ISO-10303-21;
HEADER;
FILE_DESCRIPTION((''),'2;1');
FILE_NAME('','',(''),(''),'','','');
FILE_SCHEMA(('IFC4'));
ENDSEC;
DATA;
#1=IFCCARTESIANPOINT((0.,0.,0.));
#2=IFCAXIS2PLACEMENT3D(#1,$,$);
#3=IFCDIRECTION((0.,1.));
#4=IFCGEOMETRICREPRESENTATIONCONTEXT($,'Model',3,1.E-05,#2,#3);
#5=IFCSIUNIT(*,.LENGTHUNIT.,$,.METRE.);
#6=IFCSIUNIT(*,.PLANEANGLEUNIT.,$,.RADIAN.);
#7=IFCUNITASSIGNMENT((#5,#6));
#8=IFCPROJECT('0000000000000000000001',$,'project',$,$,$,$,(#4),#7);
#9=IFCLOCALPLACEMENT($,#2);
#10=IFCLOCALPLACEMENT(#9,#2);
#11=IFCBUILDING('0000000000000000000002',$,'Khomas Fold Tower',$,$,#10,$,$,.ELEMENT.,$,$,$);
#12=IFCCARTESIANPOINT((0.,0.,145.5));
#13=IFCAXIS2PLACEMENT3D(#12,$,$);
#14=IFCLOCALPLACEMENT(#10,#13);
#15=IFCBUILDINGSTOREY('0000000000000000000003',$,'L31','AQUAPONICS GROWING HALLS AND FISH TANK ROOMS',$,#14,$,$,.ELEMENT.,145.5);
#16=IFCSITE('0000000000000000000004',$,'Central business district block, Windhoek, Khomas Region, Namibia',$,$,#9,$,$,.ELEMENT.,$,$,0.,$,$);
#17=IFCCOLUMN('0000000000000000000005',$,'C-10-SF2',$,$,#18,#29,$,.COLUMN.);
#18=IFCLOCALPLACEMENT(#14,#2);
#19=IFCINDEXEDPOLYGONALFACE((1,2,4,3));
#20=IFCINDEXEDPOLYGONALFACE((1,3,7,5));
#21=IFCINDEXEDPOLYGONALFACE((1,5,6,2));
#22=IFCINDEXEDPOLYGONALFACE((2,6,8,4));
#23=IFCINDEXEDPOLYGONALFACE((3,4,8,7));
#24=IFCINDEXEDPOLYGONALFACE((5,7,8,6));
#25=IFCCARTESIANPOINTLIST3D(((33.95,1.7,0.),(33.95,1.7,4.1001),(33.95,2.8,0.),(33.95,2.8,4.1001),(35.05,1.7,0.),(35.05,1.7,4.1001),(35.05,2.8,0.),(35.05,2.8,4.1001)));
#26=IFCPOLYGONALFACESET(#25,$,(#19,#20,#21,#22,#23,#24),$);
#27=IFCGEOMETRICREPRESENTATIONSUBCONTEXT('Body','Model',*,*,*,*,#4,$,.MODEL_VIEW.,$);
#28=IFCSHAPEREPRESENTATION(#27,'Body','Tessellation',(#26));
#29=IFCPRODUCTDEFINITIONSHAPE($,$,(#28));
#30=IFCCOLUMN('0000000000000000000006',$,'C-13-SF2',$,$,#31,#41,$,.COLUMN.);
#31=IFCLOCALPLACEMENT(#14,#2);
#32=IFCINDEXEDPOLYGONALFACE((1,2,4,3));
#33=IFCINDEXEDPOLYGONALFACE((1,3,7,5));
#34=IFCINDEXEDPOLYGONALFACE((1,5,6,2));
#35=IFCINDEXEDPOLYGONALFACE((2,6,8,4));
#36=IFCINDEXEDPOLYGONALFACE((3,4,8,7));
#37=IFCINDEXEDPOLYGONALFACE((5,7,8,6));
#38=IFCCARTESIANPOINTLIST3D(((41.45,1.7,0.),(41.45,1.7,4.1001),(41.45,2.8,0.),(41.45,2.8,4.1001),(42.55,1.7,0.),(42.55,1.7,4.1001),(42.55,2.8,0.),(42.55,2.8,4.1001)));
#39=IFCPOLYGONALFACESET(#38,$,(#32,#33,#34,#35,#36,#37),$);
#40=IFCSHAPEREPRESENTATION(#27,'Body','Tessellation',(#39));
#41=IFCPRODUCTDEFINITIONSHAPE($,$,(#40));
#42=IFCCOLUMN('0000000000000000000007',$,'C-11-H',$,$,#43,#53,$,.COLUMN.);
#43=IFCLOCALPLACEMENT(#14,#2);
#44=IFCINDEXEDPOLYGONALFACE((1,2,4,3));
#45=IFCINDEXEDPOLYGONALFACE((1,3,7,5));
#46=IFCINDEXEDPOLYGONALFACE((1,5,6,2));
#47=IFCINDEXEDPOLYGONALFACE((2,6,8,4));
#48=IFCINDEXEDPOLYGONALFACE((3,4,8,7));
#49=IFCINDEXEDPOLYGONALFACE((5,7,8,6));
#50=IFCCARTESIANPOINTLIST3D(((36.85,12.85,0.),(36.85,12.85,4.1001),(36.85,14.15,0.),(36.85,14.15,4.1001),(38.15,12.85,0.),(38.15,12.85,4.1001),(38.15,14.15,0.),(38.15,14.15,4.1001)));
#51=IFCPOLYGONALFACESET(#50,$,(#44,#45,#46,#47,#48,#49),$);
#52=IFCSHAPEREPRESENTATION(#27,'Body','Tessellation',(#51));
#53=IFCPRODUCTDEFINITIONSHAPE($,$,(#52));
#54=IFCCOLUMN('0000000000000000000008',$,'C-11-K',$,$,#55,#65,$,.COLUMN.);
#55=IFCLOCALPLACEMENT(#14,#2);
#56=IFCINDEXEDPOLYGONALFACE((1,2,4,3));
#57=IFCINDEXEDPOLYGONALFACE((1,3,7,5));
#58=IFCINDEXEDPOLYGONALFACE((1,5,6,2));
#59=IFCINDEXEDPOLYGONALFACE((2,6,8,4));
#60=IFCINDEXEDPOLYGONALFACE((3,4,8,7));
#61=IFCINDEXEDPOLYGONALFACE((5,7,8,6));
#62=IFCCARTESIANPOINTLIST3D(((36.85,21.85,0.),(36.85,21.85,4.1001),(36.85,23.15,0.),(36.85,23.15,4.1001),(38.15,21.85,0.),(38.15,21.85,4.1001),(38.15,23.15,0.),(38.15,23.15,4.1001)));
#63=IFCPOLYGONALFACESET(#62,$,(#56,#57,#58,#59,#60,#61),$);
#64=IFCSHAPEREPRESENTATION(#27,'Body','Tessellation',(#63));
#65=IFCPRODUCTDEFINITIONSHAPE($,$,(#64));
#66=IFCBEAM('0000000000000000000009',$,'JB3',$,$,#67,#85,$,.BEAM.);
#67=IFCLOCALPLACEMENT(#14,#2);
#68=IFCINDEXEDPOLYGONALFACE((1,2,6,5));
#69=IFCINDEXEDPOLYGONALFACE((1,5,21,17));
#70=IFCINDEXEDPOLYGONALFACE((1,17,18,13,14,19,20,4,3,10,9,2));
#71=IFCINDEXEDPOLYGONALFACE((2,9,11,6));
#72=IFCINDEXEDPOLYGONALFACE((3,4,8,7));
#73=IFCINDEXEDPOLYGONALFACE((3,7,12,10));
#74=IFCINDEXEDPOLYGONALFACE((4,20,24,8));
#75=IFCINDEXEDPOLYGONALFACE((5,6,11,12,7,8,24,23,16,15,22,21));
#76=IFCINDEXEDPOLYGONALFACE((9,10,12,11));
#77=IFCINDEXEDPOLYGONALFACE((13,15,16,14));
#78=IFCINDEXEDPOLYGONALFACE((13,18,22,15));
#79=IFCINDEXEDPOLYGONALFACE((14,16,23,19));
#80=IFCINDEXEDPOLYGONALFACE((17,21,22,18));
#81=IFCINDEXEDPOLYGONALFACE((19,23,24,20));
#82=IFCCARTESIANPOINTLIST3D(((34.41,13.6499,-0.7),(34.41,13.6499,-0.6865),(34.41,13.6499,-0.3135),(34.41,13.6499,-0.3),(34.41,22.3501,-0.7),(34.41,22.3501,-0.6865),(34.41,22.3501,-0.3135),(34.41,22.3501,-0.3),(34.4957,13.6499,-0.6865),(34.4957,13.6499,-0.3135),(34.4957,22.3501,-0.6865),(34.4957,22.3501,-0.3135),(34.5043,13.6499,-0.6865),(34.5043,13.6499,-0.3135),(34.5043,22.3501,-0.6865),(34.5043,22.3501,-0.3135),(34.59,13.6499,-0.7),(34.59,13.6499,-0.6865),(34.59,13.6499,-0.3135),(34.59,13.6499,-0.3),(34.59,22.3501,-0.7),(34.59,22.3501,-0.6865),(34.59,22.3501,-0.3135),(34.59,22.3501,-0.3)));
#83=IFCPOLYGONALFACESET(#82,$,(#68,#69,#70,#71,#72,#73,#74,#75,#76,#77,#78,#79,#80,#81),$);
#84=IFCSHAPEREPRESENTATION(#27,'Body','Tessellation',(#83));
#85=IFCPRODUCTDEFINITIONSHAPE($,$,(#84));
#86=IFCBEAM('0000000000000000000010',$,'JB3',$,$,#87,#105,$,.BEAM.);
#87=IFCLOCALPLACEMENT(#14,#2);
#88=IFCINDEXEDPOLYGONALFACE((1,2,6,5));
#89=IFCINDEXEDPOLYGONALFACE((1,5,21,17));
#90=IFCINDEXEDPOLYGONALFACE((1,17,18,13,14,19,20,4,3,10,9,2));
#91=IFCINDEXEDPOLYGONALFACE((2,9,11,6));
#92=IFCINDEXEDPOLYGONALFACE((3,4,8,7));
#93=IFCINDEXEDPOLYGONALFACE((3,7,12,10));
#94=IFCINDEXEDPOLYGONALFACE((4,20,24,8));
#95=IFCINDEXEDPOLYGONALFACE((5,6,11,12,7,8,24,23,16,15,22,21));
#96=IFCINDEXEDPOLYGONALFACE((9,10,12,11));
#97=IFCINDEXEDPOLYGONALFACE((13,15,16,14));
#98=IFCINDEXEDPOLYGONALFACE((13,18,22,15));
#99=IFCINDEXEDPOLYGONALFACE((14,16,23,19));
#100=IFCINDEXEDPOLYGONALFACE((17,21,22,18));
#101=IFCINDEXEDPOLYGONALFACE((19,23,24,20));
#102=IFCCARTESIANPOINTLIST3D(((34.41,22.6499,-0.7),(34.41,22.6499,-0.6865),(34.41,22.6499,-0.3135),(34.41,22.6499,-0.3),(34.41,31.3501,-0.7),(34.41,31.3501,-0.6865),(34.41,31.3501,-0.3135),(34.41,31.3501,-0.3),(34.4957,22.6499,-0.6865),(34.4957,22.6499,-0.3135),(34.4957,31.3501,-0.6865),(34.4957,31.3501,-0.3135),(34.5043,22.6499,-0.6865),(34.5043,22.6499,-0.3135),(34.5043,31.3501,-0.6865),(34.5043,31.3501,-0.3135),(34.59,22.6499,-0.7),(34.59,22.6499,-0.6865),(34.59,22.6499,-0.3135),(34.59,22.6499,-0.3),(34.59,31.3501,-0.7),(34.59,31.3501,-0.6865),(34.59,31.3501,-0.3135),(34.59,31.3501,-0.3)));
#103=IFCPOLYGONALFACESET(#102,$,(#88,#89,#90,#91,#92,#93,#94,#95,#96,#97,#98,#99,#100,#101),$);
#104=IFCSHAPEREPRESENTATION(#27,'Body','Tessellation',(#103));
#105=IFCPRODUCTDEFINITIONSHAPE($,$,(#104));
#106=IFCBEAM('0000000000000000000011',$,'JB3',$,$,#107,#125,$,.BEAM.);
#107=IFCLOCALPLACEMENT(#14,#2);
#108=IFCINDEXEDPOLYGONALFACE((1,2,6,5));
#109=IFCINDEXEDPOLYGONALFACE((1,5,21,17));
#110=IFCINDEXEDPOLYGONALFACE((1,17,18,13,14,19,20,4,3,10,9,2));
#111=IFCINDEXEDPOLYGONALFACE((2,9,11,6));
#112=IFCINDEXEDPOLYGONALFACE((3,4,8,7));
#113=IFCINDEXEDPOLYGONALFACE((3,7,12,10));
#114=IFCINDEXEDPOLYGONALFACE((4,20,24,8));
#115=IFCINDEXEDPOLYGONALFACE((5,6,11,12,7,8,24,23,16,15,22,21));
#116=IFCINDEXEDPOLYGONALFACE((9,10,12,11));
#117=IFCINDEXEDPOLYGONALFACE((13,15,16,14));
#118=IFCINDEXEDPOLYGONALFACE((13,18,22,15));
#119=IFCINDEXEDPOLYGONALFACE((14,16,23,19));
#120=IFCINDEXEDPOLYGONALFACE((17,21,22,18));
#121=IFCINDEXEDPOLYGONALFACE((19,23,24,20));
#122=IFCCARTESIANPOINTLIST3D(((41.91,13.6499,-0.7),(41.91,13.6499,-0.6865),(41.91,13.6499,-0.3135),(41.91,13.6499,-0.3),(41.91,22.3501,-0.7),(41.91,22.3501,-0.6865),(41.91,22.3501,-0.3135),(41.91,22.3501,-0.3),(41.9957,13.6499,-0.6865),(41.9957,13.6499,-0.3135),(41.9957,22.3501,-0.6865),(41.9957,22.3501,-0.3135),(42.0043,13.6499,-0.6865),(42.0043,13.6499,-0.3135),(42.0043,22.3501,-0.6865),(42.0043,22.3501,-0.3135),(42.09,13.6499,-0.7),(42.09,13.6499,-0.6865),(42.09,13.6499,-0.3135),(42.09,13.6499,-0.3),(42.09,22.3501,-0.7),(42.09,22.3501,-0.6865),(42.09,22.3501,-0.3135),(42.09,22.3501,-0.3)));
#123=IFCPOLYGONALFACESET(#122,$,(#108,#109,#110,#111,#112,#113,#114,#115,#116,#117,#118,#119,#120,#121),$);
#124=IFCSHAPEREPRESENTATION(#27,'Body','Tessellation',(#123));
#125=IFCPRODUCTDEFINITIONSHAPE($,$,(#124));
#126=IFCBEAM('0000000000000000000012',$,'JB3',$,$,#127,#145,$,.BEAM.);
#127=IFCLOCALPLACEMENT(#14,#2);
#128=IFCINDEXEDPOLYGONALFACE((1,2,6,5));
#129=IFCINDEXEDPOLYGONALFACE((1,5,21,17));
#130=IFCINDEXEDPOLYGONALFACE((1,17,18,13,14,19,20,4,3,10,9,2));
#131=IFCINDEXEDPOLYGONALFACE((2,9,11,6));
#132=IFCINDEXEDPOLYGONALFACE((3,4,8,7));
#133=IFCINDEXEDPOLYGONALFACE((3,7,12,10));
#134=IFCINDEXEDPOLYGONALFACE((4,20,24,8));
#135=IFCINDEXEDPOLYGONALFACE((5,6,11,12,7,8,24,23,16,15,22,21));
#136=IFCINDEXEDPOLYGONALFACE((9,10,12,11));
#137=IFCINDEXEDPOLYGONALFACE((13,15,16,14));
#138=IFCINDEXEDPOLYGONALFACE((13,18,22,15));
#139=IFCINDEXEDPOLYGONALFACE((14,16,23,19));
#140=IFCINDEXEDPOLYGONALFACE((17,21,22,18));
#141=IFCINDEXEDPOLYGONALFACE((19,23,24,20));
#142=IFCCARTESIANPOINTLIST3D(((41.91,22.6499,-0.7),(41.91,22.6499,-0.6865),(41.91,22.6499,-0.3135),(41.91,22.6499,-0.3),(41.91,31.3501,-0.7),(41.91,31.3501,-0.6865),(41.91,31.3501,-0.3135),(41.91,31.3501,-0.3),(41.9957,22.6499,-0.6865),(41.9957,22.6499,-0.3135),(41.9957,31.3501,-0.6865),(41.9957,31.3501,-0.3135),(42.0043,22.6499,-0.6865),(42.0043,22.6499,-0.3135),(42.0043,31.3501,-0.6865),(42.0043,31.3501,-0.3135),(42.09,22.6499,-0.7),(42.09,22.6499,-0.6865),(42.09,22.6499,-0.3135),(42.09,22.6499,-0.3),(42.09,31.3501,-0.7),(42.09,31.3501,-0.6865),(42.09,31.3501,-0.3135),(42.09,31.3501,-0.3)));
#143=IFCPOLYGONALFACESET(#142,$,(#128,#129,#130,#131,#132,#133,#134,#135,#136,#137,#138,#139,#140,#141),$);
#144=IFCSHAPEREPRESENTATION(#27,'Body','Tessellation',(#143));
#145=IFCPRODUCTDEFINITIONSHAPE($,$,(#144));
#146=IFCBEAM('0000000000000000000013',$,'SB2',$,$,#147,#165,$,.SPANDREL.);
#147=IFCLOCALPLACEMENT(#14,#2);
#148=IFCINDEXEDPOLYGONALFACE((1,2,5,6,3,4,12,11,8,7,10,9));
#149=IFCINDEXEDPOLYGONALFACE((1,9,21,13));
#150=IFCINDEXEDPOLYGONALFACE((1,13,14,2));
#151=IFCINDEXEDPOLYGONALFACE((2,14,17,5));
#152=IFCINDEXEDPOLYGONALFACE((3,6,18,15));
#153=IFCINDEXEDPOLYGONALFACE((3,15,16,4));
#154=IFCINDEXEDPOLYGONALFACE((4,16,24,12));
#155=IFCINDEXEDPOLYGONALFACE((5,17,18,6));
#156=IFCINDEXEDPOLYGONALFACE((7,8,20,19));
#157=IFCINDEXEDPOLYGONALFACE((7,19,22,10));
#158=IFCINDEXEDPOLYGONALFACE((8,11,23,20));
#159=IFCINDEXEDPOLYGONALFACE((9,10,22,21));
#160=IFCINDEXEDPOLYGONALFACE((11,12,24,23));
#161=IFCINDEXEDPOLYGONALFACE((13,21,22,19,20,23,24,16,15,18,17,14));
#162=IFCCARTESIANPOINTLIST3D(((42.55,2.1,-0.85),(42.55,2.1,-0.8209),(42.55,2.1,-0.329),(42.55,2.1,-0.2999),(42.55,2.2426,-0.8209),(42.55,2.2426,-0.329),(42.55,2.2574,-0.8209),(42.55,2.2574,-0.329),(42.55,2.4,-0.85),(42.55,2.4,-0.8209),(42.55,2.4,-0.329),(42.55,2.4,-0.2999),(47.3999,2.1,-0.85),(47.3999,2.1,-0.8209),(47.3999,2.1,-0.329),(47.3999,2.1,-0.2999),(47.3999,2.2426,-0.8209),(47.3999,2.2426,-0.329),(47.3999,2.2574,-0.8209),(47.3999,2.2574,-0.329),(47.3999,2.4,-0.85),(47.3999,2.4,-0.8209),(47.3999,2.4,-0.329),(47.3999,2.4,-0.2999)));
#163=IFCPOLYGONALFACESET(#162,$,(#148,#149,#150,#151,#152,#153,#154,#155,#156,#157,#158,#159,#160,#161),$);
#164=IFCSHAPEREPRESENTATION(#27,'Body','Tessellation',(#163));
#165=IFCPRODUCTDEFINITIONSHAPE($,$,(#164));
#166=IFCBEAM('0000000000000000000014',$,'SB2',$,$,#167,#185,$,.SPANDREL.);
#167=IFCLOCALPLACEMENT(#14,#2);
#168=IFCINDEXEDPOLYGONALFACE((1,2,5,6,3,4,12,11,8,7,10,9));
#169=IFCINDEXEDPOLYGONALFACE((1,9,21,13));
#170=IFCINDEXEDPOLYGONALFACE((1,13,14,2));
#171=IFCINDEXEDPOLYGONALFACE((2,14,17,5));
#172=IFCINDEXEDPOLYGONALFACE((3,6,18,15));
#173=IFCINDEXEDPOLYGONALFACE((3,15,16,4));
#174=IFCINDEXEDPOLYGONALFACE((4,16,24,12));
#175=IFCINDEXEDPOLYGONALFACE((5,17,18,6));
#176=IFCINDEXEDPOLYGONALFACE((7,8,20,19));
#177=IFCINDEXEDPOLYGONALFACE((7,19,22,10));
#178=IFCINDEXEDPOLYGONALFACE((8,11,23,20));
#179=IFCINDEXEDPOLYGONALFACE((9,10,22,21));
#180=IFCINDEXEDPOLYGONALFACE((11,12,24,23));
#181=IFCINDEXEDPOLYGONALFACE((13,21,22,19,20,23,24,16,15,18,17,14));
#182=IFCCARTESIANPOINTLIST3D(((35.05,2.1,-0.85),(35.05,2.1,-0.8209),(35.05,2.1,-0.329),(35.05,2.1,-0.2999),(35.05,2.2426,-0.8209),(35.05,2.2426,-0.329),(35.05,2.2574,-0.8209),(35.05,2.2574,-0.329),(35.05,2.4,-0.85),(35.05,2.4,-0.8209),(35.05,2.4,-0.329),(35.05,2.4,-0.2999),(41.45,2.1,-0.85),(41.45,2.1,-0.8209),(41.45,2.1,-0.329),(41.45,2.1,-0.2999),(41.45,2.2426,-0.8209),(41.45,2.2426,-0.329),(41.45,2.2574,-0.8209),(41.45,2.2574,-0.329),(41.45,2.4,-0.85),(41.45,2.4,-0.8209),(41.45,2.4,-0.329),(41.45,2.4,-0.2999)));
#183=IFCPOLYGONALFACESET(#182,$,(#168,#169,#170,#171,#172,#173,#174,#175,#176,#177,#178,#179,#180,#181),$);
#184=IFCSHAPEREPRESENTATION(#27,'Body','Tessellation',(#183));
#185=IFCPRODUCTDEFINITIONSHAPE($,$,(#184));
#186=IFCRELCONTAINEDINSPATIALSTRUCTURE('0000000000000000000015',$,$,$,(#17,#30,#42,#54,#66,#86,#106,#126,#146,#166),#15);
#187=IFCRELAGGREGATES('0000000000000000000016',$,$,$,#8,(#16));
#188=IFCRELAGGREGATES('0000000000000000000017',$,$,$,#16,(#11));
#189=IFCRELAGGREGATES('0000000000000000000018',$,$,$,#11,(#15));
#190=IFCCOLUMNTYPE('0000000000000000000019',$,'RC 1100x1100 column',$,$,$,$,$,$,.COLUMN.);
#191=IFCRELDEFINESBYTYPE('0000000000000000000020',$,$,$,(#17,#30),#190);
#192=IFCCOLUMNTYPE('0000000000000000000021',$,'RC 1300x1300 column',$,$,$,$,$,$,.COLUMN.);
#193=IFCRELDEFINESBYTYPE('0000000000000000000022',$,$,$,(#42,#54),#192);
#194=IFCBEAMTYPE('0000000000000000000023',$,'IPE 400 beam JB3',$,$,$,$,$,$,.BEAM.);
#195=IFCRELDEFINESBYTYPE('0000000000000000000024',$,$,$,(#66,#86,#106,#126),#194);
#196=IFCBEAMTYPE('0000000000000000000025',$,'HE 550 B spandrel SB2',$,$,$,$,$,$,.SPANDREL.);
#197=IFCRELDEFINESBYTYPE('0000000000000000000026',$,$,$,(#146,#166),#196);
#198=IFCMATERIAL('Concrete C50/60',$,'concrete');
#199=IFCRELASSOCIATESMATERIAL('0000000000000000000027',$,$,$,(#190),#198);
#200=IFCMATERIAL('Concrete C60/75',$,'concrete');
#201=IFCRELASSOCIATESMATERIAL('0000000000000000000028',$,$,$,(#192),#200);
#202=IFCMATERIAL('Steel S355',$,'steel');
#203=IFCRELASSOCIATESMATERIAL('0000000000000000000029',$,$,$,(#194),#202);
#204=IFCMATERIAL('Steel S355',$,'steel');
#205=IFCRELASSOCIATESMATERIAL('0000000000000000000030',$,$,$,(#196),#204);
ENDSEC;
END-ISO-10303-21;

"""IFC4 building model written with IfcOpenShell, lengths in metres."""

from ifc_helpers import new_model, si_unit, direction, frame, origin, origin_2d, place, context, subcontext, project, spatial, rectangle, i_section, extrude, source, transform, mapped, material, material_profile, profile_set, type_object, element, save


model = new_model("IFC4")

# Units and contexts
model_context = context("Model", 3, precision=1e-05, world=origin(), true_north=direction((0.0, 1.0)))
body_context = subcontext(model_context, "Body", "Model", "MODEL_VIEW")
ifc_project = project(units=[si_unit("LENGTHUNIT", "METRE"), si_unit("PLANEANGLEUNIT", "RADIAN")], contexts=[model_context])

# Site, building, storey
site_placement = place(None, origin())
site = spatial("IfcSite", under=ifc_project, at=site_placement, Name="Central business district block, Windhoek, Khomas Region, Namibia", CompositionType="ELEMENT", RefElevation=0.0)
building_placement = place(site_placement, origin())
building = spatial("IfcBuilding", under=site, at=building_placement, Name="Khomas Fold Tower", CompositionType="ELEMENT")
storey_placement = place(building_placement, frame((0.0, 0.0, 145.5)))
storey = spatial("IfcBuildingStorey", under=building, at=storey_placement, Name="L31", Description="AQUAPONICS GROWING HALLS AND FISH TANK ROOMS", CompositionType="ELEMENT", Elevation=145.5)

# Columns
ifc_material_1 = material(Name="Concrete C50/60", Category="concrete")
ifc_material_profile_1 = material_profile(ifc_material_1, rectangle(XDim=1.1001, YDim=1.1001, at=origin_2d()), Name="RC 1100x1100")
ifc_profile_set_1 = profile_set([ifc_material_profile_1], Name="Concrete C50/60")
column_type_1 = type_object("IfcColumnType", Name="RC 1100x1100 column", PredefinedType="COLUMN", material=ifc_profile_set_1)
shared_shape_1 = source(origin(), body_context, "Body", "SweptSolid", [
    extrude(rectangle(XDim=1.1001, YDim=1.1001, at=origin_2d()), origin(), (0.0, 0.0, 1.0), 4.1001),
])
for number, where, z_axis, x_axis, name in (
    (1, (34.5, 2.25, 0.0), (0.0, 0.0, 1.0), (1.0, 0.0, 0.0), "C-10-SF2"),
    (2, (42.0, 2.25, 0.0), (0.0, 0.0, 1.0), (1.0, 0.0, 0.0), "C-13-SF2"),
):
    element("IfcColumn", number, at=place(storey_placement, frame(where, z_axis=z_axis, x_axis=x_axis)), inside=storey, type_object=column_type_1, Name=name, PredefinedType="COLUMN", context=body_context, shape_type="MappedRepresentation", body=[
        mapped(shared_shape_1, transform((0.0, 0.0, 0.0))),
    ])
ifc_material_2 = material(Name="Concrete C60/75", Category="concrete")
ifc_material_profile_2 = material_profile(ifc_material_2, rectangle(XDim=1.3, YDim=1.3, at=origin_2d()), Name="RC 1300x1300")
ifc_profile_set_2 = profile_set([ifc_material_profile_2], Name="Concrete C60/75")
column_type_2 = type_object("IfcColumnType", Name="RC 1300x1300 column", PredefinedType="COLUMN", material=ifc_profile_set_2)
shared_shape_2 = source(origin(), body_context, "Body", "SweptSolid", [
    extrude(rectangle(XDim=1.3, YDim=1.3, at=origin_2d()), origin(), (0.0, 0.0, 1.0), 4.1001),
])
for number, where, z_axis, x_axis, name in (
    (3, (37.5, 13.5, 0.0), (0.0, 0.0, 1.0), (1.0, 0.0, 0.0), "C-11-H"),
    (4, (37.5, 22.5, 0.0), (0.0, 0.0, 1.0), (1.0, 0.0, 0.0), "C-11-K"),
):
    element("IfcColumn", number, at=place(storey_placement, frame(where, z_axis=z_axis, x_axis=x_axis)), inside=storey, type_object=column_type_2, Name=name, PredefinedType="COLUMN", context=body_context, shape_type="MappedRepresentation", body=[
        mapped(shared_shape_2, transform((0.0, 0.0, 0.0))),
    ])

# Beams
ifc_material_3 = material(Name="Steel S355", Category="steel")
ifc_material_profile_3 = material_profile(ifc_material_3, i_section(OverallWidth=0.1799, OverallDepth=0.3999, WebThickness=0.0085, FlangeThickness=0.0134, at=origin_2d()), Name="IPE 400")
ifc_profile_set_3 = profile_set([ifc_material_profile_3], Name="Steel S355")
beam_type_1 = type_object("IfcBeamType", Name="IPE 400 beam JB3", PredefinedType="BEAM", material=ifc_profile_set_3)
shared_shape_3 = source(origin(), body_context, "Body", "SweptSolid", [
    extrude(i_section(OverallWidth=0.1799, OverallDepth=0.3999, WebThickness=0.0085, FlangeThickness=0.0134, at=origin_2d()), origin(), (0.0, 0.0, 1.0), 8.7002),
])
for number, where, z_axis, x_axis, name in (
    (5, (34.5, 13.6499, -0.5), (0.0, 1.0, 0.0), (-1.0, 0.0, 0.0), "JB3"),
    (6, (34.5, 22.6499, -0.5), (0.0, 1.0, 0.0), (-1.0, 0.0, 0.0), "JB3"),
    (7, (42.0, 13.6499, -0.5), (0.0, 1.0, 0.0), (-1.0, 0.0, 0.0), "JB3"),
    (8, (42.0, 22.6499, -0.5), (0.0, 1.0, 0.0), (-1.0, 0.0, 0.0), "JB3"),
):
    element("IfcBeam", number, at=place(storey_placement, frame(where, z_axis=z_axis, x_axis=x_axis)), inside=storey, type_object=beam_type_1, Name=name, PredefinedType="BEAM", context=body_context, shape_type="MappedRepresentation", body=[
        mapped(shared_shape_3, transform((0.0, 0.0, 0.0))),
    ])
ifc_material_4 = material(Name="Steel S355", Category="steel")
ifc_material_profile_4 = material_profile(ifc_material_4, i_section(OverallWidth=0.3, OverallDepth=0.55, WebThickness=0.0149, FlangeThickness=0.0291, at=origin_2d()), Name="HE 550 B")
ifc_profile_set_4 = profile_set([ifc_material_profile_4], Name="Steel S355")
beam_type_2 = type_object("IfcBeamType", Name="HE 550 B spandrel SB2", PredefinedType="SPANDREL", material=ifc_profile_set_4)
shared_shape_4 = source(origin(), body_context, "Body", "SweptSolid", [
    extrude(i_section(OverallWidth=0.3, OverallDepth=0.55, WebThickness=0.0149, FlangeThickness=0.0291, at=origin_2d()), origin(), (0.0, 0.0, 1.0), 4.8499),
])
beam_1_placement = place(storey_placement, frame((42.55, 2.25, -0.575), z_axis=(1.0, 0.0, 0.0), x_axis=(0.0, 1.0, 0.0)))
element("IfcBeam", 9, at=beam_1_placement, inside=storey, type_object=beam_type_2, Name="SB2", PredefinedType="SPANDREL", context=body_context, shape_type="MappedRepresentation", body=[
    mapped(shared_shape_4, transform((0.0, 0.0, 0.0))),
])
shared_shape_5 = source(origin(), body_context, "Body", "SweptSolid", [
    extrude(i_section(OverallWidth=0.3, OverallDepth=0.55, WebThickness=0.0149, FlangeThickness=0.0291, at=origin_2d()), origin(), (0.0, 0.0, 1.0), 6.3999),
])
beam_2_placement = place(storey_placement, frame((35.05, 2.25, -0.575), z_axis=(1.0, 0.0, 0.0), x_axis=(0.0, 1.0, 0.0)))
element("IfcBeam", 10, at=beam_2_placement, inside=storey, type_object=beam_type_2, Name="SB2", PredefinedType="SPANDREL", context=body_context, shape_type="MappedRepresentation", body=[
    mapped(shared_shape_5, transform((0.0, 0.0, 0.0))),
])

save(model, "model.ifc")
